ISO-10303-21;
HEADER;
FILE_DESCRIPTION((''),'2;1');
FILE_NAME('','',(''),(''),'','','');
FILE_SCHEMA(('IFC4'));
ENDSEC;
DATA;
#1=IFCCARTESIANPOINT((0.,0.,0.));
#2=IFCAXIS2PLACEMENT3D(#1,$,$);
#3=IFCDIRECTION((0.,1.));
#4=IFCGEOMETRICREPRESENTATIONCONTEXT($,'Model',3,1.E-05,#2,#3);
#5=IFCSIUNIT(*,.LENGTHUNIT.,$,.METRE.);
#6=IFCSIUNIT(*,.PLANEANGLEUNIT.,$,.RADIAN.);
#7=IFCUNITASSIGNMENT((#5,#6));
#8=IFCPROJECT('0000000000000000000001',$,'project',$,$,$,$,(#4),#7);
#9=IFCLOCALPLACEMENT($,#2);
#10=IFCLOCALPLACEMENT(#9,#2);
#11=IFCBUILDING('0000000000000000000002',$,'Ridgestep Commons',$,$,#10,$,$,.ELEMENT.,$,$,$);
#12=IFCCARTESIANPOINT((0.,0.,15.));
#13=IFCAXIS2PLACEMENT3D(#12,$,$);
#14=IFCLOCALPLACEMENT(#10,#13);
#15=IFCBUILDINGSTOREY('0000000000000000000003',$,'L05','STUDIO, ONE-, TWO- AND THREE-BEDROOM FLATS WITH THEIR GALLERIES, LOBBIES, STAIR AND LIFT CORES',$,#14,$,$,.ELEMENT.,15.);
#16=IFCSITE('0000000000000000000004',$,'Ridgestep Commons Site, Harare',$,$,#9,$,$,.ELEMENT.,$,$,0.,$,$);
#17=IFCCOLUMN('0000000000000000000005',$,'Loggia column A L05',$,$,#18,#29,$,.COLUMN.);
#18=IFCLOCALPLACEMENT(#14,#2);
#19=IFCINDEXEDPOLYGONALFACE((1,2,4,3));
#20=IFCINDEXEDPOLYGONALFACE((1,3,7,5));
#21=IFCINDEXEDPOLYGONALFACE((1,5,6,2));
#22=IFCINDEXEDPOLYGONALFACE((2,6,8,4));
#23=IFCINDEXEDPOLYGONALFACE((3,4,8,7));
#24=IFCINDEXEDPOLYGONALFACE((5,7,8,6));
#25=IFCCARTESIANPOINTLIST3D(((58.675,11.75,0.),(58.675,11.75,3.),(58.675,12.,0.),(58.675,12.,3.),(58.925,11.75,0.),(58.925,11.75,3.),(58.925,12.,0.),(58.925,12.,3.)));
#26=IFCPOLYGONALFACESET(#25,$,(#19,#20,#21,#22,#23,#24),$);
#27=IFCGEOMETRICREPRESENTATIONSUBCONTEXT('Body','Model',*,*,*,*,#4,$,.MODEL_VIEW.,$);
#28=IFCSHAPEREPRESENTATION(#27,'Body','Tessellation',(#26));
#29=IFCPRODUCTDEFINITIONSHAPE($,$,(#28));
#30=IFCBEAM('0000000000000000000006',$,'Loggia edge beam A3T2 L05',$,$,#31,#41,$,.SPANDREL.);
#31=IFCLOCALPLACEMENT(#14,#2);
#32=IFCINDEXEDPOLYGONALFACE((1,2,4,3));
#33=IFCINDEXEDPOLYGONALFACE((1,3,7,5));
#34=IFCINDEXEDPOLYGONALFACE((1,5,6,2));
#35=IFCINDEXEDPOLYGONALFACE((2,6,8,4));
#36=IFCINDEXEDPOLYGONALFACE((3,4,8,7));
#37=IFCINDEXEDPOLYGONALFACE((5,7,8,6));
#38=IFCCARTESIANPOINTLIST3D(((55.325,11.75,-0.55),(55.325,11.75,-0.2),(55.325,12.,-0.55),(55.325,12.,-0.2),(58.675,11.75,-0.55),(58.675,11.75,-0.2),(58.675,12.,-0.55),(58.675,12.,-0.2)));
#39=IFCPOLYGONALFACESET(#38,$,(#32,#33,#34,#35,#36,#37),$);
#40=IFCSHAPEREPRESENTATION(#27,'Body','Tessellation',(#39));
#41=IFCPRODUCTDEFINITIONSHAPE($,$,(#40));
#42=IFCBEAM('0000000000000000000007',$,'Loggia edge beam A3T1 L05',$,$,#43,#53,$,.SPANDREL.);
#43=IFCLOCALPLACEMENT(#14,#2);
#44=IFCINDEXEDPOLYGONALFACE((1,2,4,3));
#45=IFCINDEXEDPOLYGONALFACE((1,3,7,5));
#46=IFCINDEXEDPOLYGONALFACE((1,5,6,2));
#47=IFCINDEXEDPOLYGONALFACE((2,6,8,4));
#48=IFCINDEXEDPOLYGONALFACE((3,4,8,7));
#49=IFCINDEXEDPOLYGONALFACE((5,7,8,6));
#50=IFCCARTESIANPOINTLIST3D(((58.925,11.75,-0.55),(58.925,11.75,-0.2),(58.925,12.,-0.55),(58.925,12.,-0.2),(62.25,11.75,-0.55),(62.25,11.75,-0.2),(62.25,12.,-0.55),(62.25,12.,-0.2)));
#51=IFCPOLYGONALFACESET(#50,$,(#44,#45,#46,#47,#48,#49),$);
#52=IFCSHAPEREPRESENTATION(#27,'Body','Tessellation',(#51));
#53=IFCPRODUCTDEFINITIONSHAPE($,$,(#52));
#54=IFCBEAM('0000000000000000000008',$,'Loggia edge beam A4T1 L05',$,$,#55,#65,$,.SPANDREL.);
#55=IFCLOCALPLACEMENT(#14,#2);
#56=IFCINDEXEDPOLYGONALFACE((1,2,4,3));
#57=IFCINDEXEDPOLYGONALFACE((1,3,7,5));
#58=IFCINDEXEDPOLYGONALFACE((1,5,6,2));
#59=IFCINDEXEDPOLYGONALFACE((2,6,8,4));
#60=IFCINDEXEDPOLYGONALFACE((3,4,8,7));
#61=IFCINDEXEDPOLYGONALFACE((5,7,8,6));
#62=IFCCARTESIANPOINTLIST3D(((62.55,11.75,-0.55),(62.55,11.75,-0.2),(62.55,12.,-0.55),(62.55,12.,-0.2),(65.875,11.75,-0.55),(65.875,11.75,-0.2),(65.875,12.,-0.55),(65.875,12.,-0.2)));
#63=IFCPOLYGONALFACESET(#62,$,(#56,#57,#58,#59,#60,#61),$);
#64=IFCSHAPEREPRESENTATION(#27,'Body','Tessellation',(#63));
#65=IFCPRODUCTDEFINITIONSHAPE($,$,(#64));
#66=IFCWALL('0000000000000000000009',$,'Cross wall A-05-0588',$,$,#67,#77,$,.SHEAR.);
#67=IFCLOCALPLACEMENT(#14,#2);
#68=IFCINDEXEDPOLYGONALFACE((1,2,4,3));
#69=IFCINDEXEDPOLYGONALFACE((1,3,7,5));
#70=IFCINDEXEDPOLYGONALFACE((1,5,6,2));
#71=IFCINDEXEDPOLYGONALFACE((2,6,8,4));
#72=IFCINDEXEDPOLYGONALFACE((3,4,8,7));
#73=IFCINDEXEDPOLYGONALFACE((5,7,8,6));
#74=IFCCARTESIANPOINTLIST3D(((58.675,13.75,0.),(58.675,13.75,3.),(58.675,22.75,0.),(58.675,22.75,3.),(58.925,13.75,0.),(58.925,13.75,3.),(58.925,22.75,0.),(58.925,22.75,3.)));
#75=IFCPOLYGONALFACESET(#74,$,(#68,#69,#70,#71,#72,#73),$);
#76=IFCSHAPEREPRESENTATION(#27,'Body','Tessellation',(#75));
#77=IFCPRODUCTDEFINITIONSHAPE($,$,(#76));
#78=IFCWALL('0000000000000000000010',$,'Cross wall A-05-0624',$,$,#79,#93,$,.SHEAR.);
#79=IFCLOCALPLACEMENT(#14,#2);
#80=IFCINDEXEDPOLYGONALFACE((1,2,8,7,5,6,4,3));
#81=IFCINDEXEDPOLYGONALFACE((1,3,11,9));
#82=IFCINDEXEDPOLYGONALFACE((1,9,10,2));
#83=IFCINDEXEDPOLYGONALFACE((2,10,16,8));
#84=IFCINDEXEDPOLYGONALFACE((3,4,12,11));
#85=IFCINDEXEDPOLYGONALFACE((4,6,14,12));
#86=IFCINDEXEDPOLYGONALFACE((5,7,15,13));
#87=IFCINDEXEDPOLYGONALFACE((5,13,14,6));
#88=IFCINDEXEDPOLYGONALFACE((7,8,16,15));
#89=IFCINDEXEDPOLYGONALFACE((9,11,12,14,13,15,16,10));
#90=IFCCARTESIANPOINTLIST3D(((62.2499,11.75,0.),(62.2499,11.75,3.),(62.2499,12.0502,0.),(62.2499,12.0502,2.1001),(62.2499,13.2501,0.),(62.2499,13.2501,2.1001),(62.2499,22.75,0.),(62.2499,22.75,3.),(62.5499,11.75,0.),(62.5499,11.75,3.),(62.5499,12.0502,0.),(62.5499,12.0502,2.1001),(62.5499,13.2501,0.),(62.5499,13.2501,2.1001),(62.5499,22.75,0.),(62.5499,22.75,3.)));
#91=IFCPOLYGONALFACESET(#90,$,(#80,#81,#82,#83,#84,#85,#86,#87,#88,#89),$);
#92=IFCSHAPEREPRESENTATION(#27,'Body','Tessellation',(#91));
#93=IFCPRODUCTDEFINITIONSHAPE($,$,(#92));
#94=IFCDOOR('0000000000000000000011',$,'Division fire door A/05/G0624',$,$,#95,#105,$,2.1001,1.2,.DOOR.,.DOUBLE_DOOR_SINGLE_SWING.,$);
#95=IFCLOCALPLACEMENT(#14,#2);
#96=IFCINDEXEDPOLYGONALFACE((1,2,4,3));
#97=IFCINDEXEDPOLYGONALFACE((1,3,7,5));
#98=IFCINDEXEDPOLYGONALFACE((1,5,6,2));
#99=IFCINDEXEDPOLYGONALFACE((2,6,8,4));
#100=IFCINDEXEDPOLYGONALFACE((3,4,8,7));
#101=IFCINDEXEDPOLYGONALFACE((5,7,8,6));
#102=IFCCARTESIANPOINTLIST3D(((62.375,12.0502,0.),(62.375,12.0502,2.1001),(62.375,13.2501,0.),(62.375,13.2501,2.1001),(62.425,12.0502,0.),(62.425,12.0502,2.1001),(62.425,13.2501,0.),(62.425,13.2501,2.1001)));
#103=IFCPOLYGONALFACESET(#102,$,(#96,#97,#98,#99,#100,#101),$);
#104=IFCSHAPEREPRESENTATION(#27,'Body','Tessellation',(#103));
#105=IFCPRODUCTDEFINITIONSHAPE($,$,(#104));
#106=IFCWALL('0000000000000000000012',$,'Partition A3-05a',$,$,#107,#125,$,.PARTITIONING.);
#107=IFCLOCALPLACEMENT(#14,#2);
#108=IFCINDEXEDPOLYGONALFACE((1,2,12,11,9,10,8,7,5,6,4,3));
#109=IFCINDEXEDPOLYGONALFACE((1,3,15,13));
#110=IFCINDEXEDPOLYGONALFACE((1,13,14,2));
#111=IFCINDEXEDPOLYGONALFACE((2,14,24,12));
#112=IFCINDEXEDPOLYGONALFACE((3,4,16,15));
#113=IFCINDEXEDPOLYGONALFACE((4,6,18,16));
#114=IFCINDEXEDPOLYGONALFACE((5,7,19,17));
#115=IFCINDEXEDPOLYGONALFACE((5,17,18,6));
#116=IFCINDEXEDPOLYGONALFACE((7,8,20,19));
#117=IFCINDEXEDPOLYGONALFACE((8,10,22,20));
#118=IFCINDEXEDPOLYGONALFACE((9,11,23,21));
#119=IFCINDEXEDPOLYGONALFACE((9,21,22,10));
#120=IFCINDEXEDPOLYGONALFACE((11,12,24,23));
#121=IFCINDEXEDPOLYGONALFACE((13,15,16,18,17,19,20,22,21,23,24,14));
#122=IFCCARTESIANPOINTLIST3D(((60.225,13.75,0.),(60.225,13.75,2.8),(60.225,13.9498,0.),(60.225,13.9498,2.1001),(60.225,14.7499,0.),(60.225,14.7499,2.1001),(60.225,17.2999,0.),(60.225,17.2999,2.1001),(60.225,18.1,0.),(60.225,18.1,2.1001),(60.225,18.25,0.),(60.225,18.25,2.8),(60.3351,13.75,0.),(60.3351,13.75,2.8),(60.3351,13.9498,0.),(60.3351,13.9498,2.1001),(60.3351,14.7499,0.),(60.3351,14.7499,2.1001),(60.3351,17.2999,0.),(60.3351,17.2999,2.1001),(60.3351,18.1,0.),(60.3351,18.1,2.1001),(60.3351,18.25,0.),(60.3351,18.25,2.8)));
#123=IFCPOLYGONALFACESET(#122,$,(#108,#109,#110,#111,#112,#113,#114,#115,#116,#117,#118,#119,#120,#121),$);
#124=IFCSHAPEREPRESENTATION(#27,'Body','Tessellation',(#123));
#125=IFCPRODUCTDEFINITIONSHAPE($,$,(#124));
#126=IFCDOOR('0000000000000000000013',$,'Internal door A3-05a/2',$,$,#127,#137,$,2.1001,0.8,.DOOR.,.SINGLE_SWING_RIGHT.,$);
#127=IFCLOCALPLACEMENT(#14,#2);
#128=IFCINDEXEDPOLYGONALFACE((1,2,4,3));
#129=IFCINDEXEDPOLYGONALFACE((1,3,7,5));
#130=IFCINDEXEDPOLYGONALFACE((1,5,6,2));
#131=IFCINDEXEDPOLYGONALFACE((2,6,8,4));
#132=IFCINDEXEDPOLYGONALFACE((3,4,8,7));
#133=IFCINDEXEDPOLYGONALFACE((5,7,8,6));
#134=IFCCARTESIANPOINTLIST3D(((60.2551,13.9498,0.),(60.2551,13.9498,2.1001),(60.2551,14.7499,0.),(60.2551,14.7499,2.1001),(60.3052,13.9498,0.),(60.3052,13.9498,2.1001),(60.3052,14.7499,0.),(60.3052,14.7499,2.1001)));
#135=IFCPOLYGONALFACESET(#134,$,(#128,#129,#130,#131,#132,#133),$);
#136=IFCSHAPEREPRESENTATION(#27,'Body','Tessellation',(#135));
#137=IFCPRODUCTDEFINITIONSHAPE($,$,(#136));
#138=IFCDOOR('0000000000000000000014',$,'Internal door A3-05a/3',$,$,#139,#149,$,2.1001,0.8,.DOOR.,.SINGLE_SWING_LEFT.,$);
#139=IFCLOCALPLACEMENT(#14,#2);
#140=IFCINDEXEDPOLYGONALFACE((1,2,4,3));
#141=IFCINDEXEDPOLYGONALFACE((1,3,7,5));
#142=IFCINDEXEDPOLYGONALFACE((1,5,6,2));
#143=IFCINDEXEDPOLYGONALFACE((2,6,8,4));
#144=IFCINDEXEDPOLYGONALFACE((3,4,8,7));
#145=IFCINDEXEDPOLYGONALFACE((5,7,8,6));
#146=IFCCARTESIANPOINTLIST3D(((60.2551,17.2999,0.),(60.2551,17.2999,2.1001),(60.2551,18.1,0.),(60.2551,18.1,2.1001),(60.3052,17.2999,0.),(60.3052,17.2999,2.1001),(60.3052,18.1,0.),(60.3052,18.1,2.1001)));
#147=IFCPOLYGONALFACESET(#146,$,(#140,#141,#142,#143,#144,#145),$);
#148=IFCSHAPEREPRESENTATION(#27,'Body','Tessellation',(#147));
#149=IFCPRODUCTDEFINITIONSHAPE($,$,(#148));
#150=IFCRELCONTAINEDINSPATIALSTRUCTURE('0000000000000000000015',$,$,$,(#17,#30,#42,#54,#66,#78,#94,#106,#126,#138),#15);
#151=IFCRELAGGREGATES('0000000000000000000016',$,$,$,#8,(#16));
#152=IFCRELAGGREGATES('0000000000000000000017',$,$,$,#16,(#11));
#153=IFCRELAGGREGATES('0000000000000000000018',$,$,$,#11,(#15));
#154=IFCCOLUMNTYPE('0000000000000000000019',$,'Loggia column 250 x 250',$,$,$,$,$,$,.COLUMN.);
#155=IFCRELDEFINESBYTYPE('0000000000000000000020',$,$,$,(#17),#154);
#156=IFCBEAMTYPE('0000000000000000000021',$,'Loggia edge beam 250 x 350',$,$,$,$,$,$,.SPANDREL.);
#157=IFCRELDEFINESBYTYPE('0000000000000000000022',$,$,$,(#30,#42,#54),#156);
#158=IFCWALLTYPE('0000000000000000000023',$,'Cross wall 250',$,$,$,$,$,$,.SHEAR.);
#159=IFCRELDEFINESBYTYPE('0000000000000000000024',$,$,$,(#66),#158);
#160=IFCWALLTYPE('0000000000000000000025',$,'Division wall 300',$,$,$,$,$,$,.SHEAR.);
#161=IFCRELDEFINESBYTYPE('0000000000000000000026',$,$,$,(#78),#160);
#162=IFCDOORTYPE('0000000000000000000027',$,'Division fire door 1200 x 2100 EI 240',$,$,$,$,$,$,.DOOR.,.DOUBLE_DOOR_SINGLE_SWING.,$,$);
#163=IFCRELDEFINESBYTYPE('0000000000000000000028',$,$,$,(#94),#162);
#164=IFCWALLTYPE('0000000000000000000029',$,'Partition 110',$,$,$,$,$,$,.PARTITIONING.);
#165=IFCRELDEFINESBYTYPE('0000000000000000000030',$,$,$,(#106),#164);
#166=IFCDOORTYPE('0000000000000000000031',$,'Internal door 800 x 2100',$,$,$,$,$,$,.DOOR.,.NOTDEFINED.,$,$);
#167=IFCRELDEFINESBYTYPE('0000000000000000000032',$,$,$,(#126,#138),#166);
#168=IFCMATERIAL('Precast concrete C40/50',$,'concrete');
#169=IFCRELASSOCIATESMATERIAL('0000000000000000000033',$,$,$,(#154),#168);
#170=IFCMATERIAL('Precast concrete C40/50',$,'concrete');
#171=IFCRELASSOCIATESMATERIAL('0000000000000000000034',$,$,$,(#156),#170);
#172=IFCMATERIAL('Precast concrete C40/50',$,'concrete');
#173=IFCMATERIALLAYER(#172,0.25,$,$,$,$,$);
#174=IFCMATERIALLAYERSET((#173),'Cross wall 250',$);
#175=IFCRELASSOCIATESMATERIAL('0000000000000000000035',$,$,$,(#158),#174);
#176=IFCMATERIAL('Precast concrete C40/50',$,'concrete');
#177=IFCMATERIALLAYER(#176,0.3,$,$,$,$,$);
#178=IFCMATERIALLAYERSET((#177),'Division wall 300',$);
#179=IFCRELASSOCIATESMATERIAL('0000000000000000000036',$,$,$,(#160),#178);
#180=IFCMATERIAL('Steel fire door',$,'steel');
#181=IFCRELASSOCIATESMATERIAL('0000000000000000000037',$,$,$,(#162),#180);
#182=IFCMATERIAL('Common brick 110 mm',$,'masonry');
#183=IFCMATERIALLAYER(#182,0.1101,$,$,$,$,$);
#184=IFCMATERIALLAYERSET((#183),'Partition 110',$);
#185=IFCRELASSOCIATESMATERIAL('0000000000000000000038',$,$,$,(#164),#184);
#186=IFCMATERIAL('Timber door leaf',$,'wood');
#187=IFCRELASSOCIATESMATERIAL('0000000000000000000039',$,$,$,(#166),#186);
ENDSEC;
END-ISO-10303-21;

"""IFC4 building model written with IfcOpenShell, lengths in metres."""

from ifc_helpers import new_model, si_unit, direction, frame, frame_2d, origin, origin_2d, place, context, subcontext, project, spatial, rectangle, extrude, material, layer, layer_set, material_profile, profile_set, type_object, element, fill, save


model = new_model("IFC4")

# Units and contexts
model_context = context("Model", 3, precision=1e-05, world=origin(), true_north=direction((0.0, 1.0)))
body_context = subcontext(model_context, "Body", "Model", "MODEL_VIEW")
ifc_project = project(units=[si_unit("LENGTHUNIT", "METRE"), si_unit("PLANEANGLEUNIT", "RADIAN")], contexts=[model_context])

# Site, building, storey
site_placement = place(None, origin())
site = spatial("IfcSite", under=ifc_project, at=site_placement, Name="Ridgestep Commons Site, Harare", CompositionType="ELEMENT", RefElevation=0.0)
building_placement = place(site_placement, origin())
building = spatial("IfcBuilding", under=site, at=building_placement, Name="Ridgestep Commons", CompositionType="ELEMENT")
storey_placement = place(building_placement, frame((0.0, 0.0, 15.0)))
storey = spatial("IfcBuildingStorey", under=building, at=storey_placement, Name="L05", Description="STUDIO, ONE-, TWO- AND THREE-BEDROOM FLATS WITH THEIR GALLERIES, LOBBIES, STAIR AND LIFT CORES", CompositionType="ELEMENT", Elevation=15.0)

# Column
ifc_material_1 = material(Name="Precast concrete C40/50", Category="concrete")
ifc_material_profile_1 = material_profile(ifc_material_1, rectangle(XDim=0.25, YDim=0.25, at=origin_2d()), Name="PC 250x250")
ifc_profile_set_1 = profile_set([ifc_material_profile_1], Name="Precast concrete C40/50")
column_type = type_object("IfcColumnType", Name="Loggia column 250 x 250", PredefinedType="COLUMN", material=ifc_profile_set_1)
column_placement = place(storey_placement, frame((58.8, 11.875, 0.0), z_axis=(0.0, 0.0, 1.0), x_axis=(1.0, 0.0, 0.0)))
element("IfcColumn", 1, at=column_placement, inside=storey, type_object=column_type, Name="Loggia column A L05", PredefinedType="COLUMN", context=body_context, shape_type="SweptSolid", body=[
    extrude(rectangle(XDim=0.25, YDim=0.25, at=origin_2d()), origin(), (0.0, 0.0, 1.0), 3.0),
])

# Beams
ifc_material_2 = material(Name="Precast concrete C40/50", Category="concrete")
ifc_material_profile_2 = material_profile(ifc_material_2, rectangle(XDim=0.25, YDim=0.3501, at=origin_2d()), Name="PC 250x350")
ifc_profile_set_2 = profile_set([ifc_material_profile_2], Name="Precast concrete C40/50")
beam_type = type_object("IfcBeamType", Name="Loggia edge beam 250 x 350", PredefinedType="SPANDREL", material=ifc_profile_set_2)
beam_placement = place(storey_placement, frame((55.325, 11.875, -0.375), z_axis=(1.0, 0.0, 0.0), x_axis=(0.0, 1.0, 0.0)))
element("IfcBeam", 2, at=beam_placement, inside=storey, type_object=beam_type, Name="Loggia edge beam A3T2 L05", PredefinedType="SPANDREL", context=body_context, shape_type="SweptSolid", body=[
    extrude(rectangle(XDim=0.25, YDim=0.3501, at=origin_2d()), origin(), (0.0, 0.0, 1.0), 3.3501),
])
for number, where, z_axis, x_axis, name in (
    (3, (58.925, 11.875, -0.375), (1.0, 0.0, 0.0), (0.0, 1.0, 0.0), "Loggia edge beam A3T1 L05"),
    (4, (62.55, 11.875, -0.375), (1.0, 0.0, 0.0), (0.0, 1.0, 0.0), "Loggia edge beam A4T1 L05"),
):
    element("IfcBeam", number, at=place(storey_placement, frame(where, z_axis=z_axis, x_axis=x_axis)), inside=storey, type_object=beam_type, Name=name, PredefinedType="SPANDREL", context=body_context, shape_type="SweptSolid", body=[
        extrude(rectangle(XDim=0.25, YDim=0.3501, at=origin_2d()), origin(), (0.0, 0.0, 1.0), 3.325),
    ])

# Wall
ifc_material_3 = material(Name="Precast concrete C40/50", Category="concrete")
ifc_layer_1 = layer(ifc_material_3, 0.25)
ifc_layer_set_1 = layer_set([ifc_layer_1], Name="Cross wall 250")
wall_type_1 = type_object("IfcWallType", Name="Cross wall 250", PredefinedType="SHEAR", material=ifc_layer_set_1)
wall_1_placement = place(storey_placement, frame((58.8, 13.75, 0.0), z_axis=(0.0, 0.0, 1.0), x_axis=(0.0, 1.0, 0.0)))
element("IfcWall", 5, at=wall_1_placement, inside=storey, type_object=wall_type_1, Name="Cross wall A-05-0588", PredefinedType="SHEAR", context=body_context, shape_type="SweptSolid", body=[
    extrude(rectangle(XDim=9.0, YDim=0.25, at=frame_2d((4.5, 0.0))), origin(), (0.0, 0.0, 1.0), 3.0),
])

# Wall, opening, door
ifc_material_4 = material(Name="Precast concrete C40/50", Category="concrete")
ifc_layer_2 = layer(ifc_material_4, 0.3)
ifc_layer_set_2 = layer_set([ifc_layer_2], Name="Division wall 300")
wall_type_2 = type_object("IfcWallType", Name="Division wall 300", PredefinedType="SHEAR", material=ifc_layer_set_2)
wall_2_placement = place(storey_placement, frame((62.3999, 11.75, 0.0), z_axis=(0.0, 0.0, 1.0), x_axis=(0.0, 1.0, 0.0)))
wall_2 = element("IfcWall", 6, at=wall_2_placement, inside=storey, type_object=wall_type_2, Name="Cross wall A-05-0624", PredefinedType="SHEAR", context=body_context, shape_type="SweptSolid", body=[
    extrude(rectangle(XDim=11.0, YDim=0.3, at=frame_2d((5.5, 0.0))), origin(), (0.0, 0.0, 1.0), 3.0),
])
opening_1_placement = place(wall_2_placement, frame((0.3, 0.0, 0.0)))
opening_1 = element("IfcOpeningElement", 7, at=opening_1_placement, cuts=wall_2, PredefinedType="OPENING", context=body_context, shape_type="SweptSolid", body=[
    extrude(rectangle(XDim=1.2, YDim=2.1001, at=frame_2d((0.6001, 1.05))), frame((0.0, 0.1599, 0.0), z_axis=(0.0, -1.0, 0.0), x_axis=(1.0, 0.0, 0.0)), (0.0, 0.0, 1.0), 0.3201),
])
ifc_material_5 = material(Name="Steel fire door", Category="steel")
door_type_1 = type_object("IfcDoorType", Name="Division fire door 1200 x 2100 EI 240", OperationType="DOUBLE_DOOR_SINGLE_SWING", PredefinedType="DOOR", material=ifc_material_5)
door_1_placement = place(opening_1_placement, origin())
door_1 = element("IfcDoor", 8, at=door_1_placement, inside=storey, type_object=door_type_1, Name="Division fire door A/05/G0624", OperationType="DOUBLE_DOOR_SINGLE_SWING", OverallHeight=2.1001, OverallWidth=1.2, PredefinedType="DOOR", context=body_context, shape_type="SweptSolid", body=[
    extrude(rectangle(XDim=1.2, YDim=2.1001, at=frame_2d((0.6001, 1.05))), frame((0.0, 0.0249, 0.0), z_axis=(0.0, -1.0, 0.0), x_axis=(1.0, 0.0, 0.0)), (0.0, 0.0, 1.0), 0.05),
])
fill(opening_1, door_1)

# Wall, openings, doors
ifc_material_6 = material(Name="Common brick 110 mm", Category="masonry")
ifc_layer_3 = layer(ifc_material_6, 0.1101)
ifc_layer_set_3 = layer_set([ifc_layer_3], Name="Partition 110")
wall_type_3 = type_object("IfcWallType", Name="Partition 110", PredefinedType="PARTITIONING", material=ifc_layer_set_3)
wall_3_placement = place(storey_placement, frame((60.28, 13.75, 0.0), z_axis=(0.0, 0.0, 1.0), x_axis=(0.0, 1.0, 0.0)))
wall_3 = element("IfcWall", 9, at=wall_3_placement, inside=storey, type_object=wall_type_3, Name="Partition A3-05a", PredefinedType="PARTITIONING", context=body_context, shape_type="SweptSolid", body=[
    extrude(rectangle(XDim=4.5, YDim=0.1101, at=frame_2d((2.25, 0.0))), origin(), (0.0, 0.0, 1.0), 2.8),
])
opening_2_placement = place(wall_3_placement, frame((0.2, 0.0, 0.0)))
opening_2 = element("IfcOpeningElement", 10, at=opening_2_placement, cuts=wall_3, PredefinedType="OPENING", context=body_context, shape_type="SweptSolid", body=[
    extrude(rectangle(XDim=0.8, YDim=2.1001, at=frame_2d((0.3999, 1.05))), frame((0.0, 0.0649, 0.0), z_axis=(0.0, -1.0, 0.0), x_axis=(1.0, 0.0, 0.0)), (0.0, 0.0, 1.0), 0.1301),
])
opening_3_placement = place(wall_3_placement, frame((3.55, 0.0, 0.0)))
opening_3 = element("IfcOpeningElement", 11, at=opening_3_placement, cuts=wall_3, PredefinedType="OPENING", context=body_context, shape_type="SweptSolid", body=[
    extrude(rectangle(XDim=0.8, YDim=2.1001, at=frame_2d((0.3999, 1.05))), frame((0.0, 0.0649, 0.0), z_axis=(0.0, -1.0, 0.0), x_axis=(1.0, 0.0, 0.0)), (0.0, 0.0, 1.0), 0.1301),
])
ifc_material_7 = material(Name="Timber door leaf", Category="wood")
door_type_2 = type_object("IfcDoorType", Name="Internal door 800 x 2100", OperationType="NOTDEFINED", PredefinedType="DOOR", material=ifc_material_7)
door_2_placement = place(opening_2_placement, origin())
door_2 = element("IfcDoor", 12, at=door_2_placement, inside=storey, type_object=door_type_2, Name="Internal door A3-05a/2", OperationType="SINGLE_SWING_RIGHT", OverallHeight=2.1001, OverallWidth=0.8, PredefinedType="DOOR", context=body_context, shape_type="SweptSolid", body=[
    extrude(rectangle(XDim=0.8, YDim=2.1001, at=frame_2d((0.3999, 1.05))), frame((0.0, 0.0249, 0.0), z_axis=(0.0, -1.0, 0.0), x_axis=(1.0, 0.0, 0.0)), (0.0, 0.0, 1.0), 0.05),
])
fill(opening_2, door_2)
door_3_placement = place(opening_3_placement, origin())
door_3 = element("IfcDoor", 13, at=door_3_placement, inside=storey, type_object=door_type_2, Name="Internal door A3-05a/3", OperationType="SINGLE_SWING_LEFT", OverallHeight=2.1001, OverallWidth=0.8, PredefinedType="DOOR", context=body_context, shape_type="SweptSolid", body=[
    extrude(rectangle(XDim=0.8, YDim=2.1001, at=frame_2d((0.3999, 1.05))), frame((0.0, 0.0249, 0.0), z_axis=(0.0, -1.0, 0.0), x_axis=(1.0, 0.0, 0.0)), (0.0, 0.0, 1.0), 0.05),
])
fill(opening_3, door_3)

save(model, "model.ifc")
